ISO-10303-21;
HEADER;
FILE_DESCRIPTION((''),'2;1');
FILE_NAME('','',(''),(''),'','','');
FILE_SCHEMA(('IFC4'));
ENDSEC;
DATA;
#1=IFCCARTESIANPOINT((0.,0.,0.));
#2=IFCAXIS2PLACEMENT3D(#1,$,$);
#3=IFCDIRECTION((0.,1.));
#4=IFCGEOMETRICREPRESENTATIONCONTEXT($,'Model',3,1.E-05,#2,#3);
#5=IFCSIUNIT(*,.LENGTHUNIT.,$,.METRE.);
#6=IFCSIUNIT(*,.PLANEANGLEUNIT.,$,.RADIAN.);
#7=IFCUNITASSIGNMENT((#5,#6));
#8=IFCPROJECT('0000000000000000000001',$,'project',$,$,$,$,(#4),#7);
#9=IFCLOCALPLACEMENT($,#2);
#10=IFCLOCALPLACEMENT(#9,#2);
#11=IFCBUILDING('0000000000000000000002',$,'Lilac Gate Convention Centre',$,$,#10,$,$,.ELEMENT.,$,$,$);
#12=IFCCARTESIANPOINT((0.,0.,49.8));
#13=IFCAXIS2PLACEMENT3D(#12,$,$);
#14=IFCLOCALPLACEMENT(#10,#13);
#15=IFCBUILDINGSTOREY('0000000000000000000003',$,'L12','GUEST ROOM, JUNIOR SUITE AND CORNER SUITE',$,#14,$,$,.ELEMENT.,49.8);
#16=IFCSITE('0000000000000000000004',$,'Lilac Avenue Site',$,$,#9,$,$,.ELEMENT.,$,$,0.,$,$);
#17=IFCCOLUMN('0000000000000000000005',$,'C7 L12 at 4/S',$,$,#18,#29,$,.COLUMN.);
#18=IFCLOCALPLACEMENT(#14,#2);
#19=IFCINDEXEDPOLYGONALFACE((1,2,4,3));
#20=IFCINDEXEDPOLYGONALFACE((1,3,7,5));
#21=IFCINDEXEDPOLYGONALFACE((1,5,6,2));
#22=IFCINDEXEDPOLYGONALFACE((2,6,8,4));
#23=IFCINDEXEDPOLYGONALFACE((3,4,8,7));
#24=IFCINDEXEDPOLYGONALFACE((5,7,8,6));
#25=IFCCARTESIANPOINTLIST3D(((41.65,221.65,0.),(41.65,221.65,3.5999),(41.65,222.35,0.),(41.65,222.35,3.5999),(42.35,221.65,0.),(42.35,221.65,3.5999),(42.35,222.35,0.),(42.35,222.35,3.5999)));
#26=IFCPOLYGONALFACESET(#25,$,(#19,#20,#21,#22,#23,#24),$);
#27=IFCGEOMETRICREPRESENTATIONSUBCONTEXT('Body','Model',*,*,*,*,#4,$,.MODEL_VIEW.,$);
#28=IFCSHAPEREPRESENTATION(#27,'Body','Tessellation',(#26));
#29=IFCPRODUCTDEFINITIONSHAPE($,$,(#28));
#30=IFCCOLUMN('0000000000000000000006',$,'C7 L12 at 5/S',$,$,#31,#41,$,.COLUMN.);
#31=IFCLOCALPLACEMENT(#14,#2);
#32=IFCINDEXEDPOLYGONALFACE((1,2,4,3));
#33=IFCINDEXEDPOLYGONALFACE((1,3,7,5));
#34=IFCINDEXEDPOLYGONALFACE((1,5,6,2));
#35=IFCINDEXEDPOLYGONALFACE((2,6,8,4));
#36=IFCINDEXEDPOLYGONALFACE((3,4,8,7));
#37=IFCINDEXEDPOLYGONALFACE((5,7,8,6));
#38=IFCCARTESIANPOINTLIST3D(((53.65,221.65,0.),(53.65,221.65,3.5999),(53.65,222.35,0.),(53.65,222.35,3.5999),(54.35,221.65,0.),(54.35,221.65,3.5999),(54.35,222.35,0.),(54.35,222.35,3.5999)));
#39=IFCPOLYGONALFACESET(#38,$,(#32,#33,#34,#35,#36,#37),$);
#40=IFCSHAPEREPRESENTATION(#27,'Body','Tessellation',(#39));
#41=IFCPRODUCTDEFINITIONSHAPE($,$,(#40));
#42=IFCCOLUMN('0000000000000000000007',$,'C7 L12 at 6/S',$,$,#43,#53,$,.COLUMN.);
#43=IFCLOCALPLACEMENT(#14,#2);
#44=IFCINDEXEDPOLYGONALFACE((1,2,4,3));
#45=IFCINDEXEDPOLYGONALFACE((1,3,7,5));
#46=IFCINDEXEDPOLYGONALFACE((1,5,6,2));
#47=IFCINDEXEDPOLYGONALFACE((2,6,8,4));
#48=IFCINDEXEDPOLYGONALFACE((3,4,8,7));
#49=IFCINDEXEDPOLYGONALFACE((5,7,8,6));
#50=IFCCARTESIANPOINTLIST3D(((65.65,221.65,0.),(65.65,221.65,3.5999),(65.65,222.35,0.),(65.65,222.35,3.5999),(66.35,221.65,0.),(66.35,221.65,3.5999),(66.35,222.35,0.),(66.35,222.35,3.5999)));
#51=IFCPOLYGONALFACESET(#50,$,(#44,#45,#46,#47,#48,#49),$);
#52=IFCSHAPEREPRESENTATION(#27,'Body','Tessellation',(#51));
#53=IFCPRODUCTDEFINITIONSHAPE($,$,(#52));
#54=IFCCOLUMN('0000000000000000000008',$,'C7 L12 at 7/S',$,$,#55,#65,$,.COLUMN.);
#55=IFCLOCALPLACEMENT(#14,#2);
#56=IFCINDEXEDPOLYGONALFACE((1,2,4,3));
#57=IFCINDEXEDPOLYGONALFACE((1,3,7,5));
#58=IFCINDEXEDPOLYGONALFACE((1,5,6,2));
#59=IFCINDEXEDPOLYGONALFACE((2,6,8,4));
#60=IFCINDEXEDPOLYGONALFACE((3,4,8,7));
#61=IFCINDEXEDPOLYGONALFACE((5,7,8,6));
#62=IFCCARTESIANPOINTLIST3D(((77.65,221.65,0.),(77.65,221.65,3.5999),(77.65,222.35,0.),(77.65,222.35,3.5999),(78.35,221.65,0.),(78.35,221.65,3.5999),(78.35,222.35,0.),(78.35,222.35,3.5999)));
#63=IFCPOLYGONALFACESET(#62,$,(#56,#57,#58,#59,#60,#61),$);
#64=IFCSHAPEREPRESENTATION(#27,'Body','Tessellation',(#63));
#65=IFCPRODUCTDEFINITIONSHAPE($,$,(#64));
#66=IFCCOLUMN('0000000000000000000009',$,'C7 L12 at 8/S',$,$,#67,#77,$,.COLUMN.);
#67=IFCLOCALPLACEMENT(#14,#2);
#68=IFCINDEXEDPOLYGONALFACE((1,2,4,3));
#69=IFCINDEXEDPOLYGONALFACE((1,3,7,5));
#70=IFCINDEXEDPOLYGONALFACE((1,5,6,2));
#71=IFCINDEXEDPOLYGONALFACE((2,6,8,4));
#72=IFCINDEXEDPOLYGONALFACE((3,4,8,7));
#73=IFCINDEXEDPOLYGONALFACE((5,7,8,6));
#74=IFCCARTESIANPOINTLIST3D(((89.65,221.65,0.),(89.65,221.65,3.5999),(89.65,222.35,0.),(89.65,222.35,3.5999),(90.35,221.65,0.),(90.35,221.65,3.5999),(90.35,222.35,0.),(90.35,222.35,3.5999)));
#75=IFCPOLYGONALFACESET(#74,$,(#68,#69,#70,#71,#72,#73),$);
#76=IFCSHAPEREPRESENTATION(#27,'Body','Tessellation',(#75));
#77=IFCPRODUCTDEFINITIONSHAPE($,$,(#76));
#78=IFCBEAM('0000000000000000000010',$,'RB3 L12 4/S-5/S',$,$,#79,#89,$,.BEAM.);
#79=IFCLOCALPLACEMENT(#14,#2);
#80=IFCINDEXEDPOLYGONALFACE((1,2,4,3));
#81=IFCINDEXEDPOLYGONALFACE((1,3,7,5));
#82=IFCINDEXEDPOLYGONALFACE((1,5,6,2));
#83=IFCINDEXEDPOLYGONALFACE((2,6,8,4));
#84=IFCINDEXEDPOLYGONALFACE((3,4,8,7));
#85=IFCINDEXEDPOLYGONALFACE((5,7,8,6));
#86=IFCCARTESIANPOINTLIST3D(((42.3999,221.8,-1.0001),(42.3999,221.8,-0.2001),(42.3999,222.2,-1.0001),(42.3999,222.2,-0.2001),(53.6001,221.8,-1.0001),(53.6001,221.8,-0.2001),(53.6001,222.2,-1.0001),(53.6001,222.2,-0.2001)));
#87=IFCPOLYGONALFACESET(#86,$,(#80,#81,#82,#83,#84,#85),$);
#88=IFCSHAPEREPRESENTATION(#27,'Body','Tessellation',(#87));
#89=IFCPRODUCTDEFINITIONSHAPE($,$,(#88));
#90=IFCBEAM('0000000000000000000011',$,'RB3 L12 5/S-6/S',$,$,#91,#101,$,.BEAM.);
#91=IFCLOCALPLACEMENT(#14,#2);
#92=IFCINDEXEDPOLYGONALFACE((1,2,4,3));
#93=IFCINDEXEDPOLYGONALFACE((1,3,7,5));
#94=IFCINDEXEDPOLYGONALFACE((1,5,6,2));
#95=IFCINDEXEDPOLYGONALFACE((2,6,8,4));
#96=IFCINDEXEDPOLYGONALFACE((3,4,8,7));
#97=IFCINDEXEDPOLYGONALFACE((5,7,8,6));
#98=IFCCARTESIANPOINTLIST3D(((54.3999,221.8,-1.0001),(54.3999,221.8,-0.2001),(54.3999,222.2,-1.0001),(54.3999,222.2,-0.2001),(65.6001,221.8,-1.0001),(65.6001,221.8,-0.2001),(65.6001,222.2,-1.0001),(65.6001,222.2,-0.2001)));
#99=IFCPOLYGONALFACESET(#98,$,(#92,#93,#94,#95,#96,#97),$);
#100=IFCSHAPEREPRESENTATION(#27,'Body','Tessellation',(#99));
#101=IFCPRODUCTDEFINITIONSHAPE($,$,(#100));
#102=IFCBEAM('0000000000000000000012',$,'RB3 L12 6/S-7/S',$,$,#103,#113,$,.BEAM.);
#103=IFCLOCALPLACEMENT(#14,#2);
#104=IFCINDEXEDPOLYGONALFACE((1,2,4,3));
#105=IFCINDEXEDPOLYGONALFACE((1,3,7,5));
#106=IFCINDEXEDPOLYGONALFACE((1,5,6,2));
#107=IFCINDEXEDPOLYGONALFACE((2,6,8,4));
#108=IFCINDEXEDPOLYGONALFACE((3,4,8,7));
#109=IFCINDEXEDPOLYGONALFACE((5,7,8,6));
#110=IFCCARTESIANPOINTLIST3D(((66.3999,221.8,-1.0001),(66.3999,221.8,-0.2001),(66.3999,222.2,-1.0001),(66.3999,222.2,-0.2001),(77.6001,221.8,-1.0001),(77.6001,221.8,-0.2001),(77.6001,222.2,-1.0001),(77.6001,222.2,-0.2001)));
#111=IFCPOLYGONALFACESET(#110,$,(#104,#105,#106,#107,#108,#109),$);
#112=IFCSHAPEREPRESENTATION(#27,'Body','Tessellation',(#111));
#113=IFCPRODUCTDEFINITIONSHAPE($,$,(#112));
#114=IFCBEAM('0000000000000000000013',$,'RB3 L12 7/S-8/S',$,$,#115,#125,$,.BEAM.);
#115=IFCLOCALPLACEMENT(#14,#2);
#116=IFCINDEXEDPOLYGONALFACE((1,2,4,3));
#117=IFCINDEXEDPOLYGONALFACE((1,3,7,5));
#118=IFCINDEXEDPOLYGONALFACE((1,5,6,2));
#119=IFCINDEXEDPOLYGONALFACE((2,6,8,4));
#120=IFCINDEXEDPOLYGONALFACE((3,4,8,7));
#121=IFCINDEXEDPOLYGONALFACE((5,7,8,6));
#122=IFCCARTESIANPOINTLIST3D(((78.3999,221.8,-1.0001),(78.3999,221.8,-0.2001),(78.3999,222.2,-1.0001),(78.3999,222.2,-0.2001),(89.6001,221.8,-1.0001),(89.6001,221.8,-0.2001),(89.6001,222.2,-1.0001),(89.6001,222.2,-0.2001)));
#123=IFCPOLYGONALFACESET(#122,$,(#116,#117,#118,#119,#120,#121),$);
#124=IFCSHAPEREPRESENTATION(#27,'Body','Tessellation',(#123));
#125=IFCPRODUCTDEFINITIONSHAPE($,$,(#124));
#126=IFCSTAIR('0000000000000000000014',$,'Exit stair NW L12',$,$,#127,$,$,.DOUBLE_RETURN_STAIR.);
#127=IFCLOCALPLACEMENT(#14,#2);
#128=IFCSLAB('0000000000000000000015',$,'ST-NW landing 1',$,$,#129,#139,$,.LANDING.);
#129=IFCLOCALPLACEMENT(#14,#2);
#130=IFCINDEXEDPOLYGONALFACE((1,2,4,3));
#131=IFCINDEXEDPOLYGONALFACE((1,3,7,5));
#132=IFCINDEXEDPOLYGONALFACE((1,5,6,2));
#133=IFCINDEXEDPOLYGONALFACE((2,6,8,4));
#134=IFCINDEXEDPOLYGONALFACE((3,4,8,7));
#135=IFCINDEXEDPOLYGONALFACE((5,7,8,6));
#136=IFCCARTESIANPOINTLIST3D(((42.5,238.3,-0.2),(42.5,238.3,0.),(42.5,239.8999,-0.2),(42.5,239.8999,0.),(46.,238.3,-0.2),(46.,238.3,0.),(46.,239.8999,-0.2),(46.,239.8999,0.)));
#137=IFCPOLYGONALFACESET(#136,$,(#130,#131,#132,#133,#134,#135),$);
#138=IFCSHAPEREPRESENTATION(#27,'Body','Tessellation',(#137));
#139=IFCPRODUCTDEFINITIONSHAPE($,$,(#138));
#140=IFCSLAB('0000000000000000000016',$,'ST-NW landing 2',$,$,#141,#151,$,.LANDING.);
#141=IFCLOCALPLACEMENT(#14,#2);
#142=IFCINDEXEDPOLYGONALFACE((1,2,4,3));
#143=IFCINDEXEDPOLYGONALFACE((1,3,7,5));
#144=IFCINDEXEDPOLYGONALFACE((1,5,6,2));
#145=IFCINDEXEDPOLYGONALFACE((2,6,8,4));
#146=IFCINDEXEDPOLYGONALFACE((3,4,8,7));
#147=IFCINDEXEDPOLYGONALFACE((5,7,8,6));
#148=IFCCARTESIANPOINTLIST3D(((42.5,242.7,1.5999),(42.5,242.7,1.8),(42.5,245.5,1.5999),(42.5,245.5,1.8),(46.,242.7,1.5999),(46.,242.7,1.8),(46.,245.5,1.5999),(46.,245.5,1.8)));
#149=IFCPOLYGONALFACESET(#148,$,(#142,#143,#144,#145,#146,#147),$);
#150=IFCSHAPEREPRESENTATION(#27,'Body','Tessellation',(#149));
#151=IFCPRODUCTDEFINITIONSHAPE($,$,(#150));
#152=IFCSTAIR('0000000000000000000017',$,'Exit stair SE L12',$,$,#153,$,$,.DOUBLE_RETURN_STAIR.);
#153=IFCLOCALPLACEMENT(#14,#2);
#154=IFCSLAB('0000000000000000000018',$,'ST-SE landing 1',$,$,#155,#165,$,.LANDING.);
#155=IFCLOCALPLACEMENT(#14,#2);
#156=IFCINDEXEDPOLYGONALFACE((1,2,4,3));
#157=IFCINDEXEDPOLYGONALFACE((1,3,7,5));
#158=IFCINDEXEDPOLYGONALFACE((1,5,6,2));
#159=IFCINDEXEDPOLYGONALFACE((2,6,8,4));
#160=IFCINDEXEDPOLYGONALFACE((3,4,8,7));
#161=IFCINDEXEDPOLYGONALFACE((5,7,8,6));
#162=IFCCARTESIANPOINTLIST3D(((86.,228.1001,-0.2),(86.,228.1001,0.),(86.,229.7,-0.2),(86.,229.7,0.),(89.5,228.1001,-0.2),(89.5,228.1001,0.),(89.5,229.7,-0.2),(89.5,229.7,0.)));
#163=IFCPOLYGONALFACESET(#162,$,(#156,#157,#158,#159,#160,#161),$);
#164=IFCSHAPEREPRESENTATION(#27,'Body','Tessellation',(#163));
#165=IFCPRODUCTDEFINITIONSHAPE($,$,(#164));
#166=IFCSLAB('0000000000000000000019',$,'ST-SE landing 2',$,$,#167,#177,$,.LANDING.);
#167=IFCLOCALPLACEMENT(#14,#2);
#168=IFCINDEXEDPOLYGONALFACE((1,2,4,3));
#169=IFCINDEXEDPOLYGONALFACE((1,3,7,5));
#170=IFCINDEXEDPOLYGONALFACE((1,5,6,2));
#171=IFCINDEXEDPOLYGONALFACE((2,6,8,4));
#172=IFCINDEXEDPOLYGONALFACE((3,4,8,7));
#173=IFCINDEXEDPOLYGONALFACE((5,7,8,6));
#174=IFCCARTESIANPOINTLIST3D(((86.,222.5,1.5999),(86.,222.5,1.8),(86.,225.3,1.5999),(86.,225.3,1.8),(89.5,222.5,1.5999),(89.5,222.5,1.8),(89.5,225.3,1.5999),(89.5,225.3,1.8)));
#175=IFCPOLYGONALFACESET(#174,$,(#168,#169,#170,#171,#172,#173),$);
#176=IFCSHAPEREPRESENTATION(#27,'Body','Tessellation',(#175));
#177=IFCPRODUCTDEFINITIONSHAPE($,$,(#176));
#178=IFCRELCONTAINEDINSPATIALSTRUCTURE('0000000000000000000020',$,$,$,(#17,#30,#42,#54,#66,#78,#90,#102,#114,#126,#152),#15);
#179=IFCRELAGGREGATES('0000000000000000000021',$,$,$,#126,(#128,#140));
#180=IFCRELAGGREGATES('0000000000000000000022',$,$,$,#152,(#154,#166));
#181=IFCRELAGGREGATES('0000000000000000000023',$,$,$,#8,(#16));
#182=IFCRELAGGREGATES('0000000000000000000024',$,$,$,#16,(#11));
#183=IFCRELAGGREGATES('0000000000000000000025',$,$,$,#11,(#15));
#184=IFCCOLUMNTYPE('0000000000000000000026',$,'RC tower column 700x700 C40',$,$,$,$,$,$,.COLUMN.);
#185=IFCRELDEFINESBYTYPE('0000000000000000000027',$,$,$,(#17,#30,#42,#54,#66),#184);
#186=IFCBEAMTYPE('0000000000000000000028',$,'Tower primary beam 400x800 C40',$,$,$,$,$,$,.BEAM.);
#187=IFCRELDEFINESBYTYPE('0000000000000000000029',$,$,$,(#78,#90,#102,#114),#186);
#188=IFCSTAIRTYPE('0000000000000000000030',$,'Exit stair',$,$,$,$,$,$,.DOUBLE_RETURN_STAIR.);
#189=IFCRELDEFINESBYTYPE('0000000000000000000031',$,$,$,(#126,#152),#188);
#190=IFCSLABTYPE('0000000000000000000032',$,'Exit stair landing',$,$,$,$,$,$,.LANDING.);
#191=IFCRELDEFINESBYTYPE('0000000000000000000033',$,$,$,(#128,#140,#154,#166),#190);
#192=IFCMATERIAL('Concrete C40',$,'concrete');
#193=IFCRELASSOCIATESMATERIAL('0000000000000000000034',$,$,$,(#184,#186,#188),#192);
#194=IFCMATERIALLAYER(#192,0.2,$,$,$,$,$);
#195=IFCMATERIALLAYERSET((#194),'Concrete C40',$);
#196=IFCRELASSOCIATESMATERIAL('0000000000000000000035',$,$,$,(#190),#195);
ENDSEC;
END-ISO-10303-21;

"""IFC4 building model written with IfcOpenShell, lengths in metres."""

from ifc_helpers import new_model, si_unit, direction, frame, origin, origin_2d, place, context, subcontext, project, spatial, polyline, rectangle, outline, extrude, material, layer, layer_set, material_profile, profile_set, type_object, element, aggregate, save


model = new_model("IFC4")

# Units and contexts
model_context = context("Model", 3, precision=1e-05, world=origin(), true_north=direction((0.0, 1.0)))
body_context = subcontext(model_context, "Body", "Model", "MODEL_VIEW")
ifc_project = project(units=[si_unit("LENGTHUNIT", "METRE"), si_unit("PLANEANGLEUNIT", "RADIAN")], contexts=[model_context])

# Site, building, storey
site_placement = place(None, origin())
site = spatial("IfcSite", under=ifc_project, at=site_placement, Name="Lilac Avenue Site", CompositionType="ELEMENT", RefElevation=0.0)
building_placement = place(site_placement, origin())
building = spatial("IfcBuilding", under=site, at=building_placement, Name="Lilac Gate Convention Centre", CompositionType="ELEMENT")
storey_placement = place(building_placement, frame((0.0, 0.0, 49.8)))
storey = spatial("IfcBuildingStorey", under=building, at=storey_placement, Name="L12", Description="GUEST ROOM, JUNIOR SUITE AND CORNER SUITE", CompositionType="ELEMENT", Elevation=49.8)

# Columns
ifc_material_1 = material(Name="Concrete C40", Category="concrete")
ifc_material_profile_1 = material_profile(ifc_material_1, rectangle(XDim=0.7, YDim=0.7, at=origin_2d()), Name="RC 700x700")
ifc_profile_set_1 = profile_set([ifc_material_profile_1], Name="Concrete C40")
column_type = type_object("IfcColumnType", Name="RC tower column 700x700 C40", PredefinedType="COLUMN", material=ifc_profile_set_1)
for number, where, z_axis, x_axis, name in (
    (1, (42.0, 222.0, 0.0), (0.0, 0.0, 1.0), (1.0, 0.0, 0.0), "C7 L12 at 4/S"),
    (2, (54.0, 222.0, 0.0), (0.0, 0.0, 1.0), (1.0, 0.0, 0.0), "C7 L12 at 5/S"),
    (3, (66.0, 222.0, 0.0), (0.0, 0.0, 1.0), (1.0, 0.0, 0.0), "C7 L12 at 6/S"),
    (4, (78.0, 222.0, 0.0), (0.0, 0.0, 1.0), (1.0, 0.0, 0.0), "C7 L12 at 7/S"),
    (5, (90.0, 222.0, 0.0), (0.0, 0.0, 1.0), (1.0, 0.0, 0.0), "C7 L12 at 8/S"),
):
    element("IfcColumn", number, at=place(storey_placement, frame(where, z_axis=z_axis, x_axis=x_axis)), inside=storey, type_object=column_type, Name=name, PredefinedType="COLUMN", context=body_context, shape_type="SweptSolid", body=[
        extrude(rectangle(XDim=0.7, YDim=0.7, at=origin_2d()), origin(), (0.0, 0.0, 1.0), 3.5999),
    ])

# Beams
ifc_material_profile_2 = material_profile(ifc_material_1, rectangle(XDim=0.3999, YDim=0.8, at=origin_2d()), Name="RC 400x800")
ifc_profile_set_2 = profile_set([ifc_material_profile_2], Name="Concrete C40")
beam_type = type_object("IfcBeamType", Name="Tower primary beam 400x800 C40", PredefinedType="BEAM", material=ifc_profile_set_2)
for number, where, z_axis, x_axis, name in (
    (6, (42.3999, 222.0, -0.6001), (1.0, 0.0, 0.0), (0.0, 1.0, 0.0), "RB3 L12 4/S-5/S"),
    (7, (54.3999, 222.0, -0.6001), (1.0, 0.0, 0.0), (0.0, 1.0, 0.0), "RB3 L12 5/S-6/S"),
    (8, (66.3999, 222.0, -0.6001), (1.0, 0.0, 0.0), (0.0, 1.0, 0.0), "RB3 L12 6/S-7/S"),
    (9, (78.3999, 222.0, -0.6001), (1.0, 0.0, 0.0), (0.0, 1.0, 0.0), "RB3 L12 7/S-8/S"),
):
    element("IfcBeam", number, at=place(storey_placement, frame(where, z_axis=z_axis, x_axis=x_axis)), inside=storey, type_object=beam_type, Name=name, PredefinedType="BEAM", context=body_context, shape_type="SweptSolid", body=[
        extrude(rectangle(XDim=0.3999, YDim=0.8, at=origin_2d()), origin(), (0.0, 0.0, 1.0), 11.2002),
    ])

# Stairs, slabs
stair_type = type_object("IfcStairType", Name="Exit stair", PredefinedType="DOUBLE_RETURN_STAIR", material=ifc_material_1)
stair_1_placement = place(storey_placement, origin())
stair_1 = element("IfcStair", 10, at=stair_1_placement, inside=storey, type_object=stair_type, Name="Exit stair NW L12", PredefinedType="DOUBLE_RETURN_STAIR")
ifc_layer_1 = layer(ifc_material_1, 0.2)
ifc_layer_set_1 = layer_set([ifc_layer_1], Name="Concrete C40")
slab_type_1 = type_object("IfcSlabType", Name="Exit stair landing", PredefinedType="LANDING", material=ifc_layer_set_1)
slab_1_placement = place(storey_placement, frame((0.0, 0.0, -0.2)))
slab_1 = element("IfcSlab", 11, at=slab_1_placement, type_object=slab_type_1, Name="ST-NW landing 1", PredefinedType="LANDING", context=body_context, shape_type="SweptSolid", body=[
    extrude(outline(polyline([(42.5, 238.3), (46.0, 238.3), (46.0, 239.8999), (42.5, 239.8999), (42.5, 238.3)])), origin(), (0.0, 0.0, 1.0), 0.2),
])
slab_2_placement = place(storey_placement, frame((0.0, 0.0, 1.5999)))
slab_2 = element("IfcSlab", 12, at=slab_2_placement, type_object=slab_type_1, Name="ST-NW landing 2", PredefinedType="LANDING", context=body_context, shape_type="SweptSolid", body=[
    extrude(outline(polyline([(42.5, 242.7), (46.0, 242.7), (46.0, 245.5), (42.5, 245.5), (42.5, 242.7)])), origin(), (0.0, 0.0, 1.0), 0.2002),
])
aggregate(stair_1, [slab_1, slab_2])
stair_2_placement = place(storey_placement, origin())
stair_2 = element("IfcStair", 13, at=stair_2_placement, inside=storey, type_object=stair_type, Name="Exit stair SE L12", PredefinedType="DOUBLE_RETURN_STAIR")
slab_3_placement = place(storey_placement, frame((0.0, 0.0, -0.2)))
slab_3 = element("IfcSlab", 14, at=slab_3_placement, type_object=slab_type_1, Name="ST-SE landing 1", PredefinedType="LANDING", context=body_context, shape_type="SweptSolid", body=[
    extrude(outline(polyline([(86.0, 228.1001), (89.5, 228.1001), (89.5, 229.7), (86.0, 229.7), (86.0, 228.1001)])), origin(), (0.0, 0.0, 1.0), 0.2),
])
slab_4_placement = place(storey_placement, frame((0.0, 0.0, 1.5999)))
slab_4 = element("IfcSlab", 15, at=slab_4_placement, type_object=slab_type_1, Name="ST-SE landing 2", PredefinedType="LANDING", context=body_context, shape_type="SweptSolid", body=[
    extrude(outline(polyline([(86.0, 222.5), (89.5, 222.5), (89.5, 225.3), (86.0, 225.3), (86.0, 222.5)])), origin(), (0.0, 0.0, 1.0), 0.2002),
])
aggregate(stair_2, [slab_3, slab_4])

save(model, "model.ifc")
